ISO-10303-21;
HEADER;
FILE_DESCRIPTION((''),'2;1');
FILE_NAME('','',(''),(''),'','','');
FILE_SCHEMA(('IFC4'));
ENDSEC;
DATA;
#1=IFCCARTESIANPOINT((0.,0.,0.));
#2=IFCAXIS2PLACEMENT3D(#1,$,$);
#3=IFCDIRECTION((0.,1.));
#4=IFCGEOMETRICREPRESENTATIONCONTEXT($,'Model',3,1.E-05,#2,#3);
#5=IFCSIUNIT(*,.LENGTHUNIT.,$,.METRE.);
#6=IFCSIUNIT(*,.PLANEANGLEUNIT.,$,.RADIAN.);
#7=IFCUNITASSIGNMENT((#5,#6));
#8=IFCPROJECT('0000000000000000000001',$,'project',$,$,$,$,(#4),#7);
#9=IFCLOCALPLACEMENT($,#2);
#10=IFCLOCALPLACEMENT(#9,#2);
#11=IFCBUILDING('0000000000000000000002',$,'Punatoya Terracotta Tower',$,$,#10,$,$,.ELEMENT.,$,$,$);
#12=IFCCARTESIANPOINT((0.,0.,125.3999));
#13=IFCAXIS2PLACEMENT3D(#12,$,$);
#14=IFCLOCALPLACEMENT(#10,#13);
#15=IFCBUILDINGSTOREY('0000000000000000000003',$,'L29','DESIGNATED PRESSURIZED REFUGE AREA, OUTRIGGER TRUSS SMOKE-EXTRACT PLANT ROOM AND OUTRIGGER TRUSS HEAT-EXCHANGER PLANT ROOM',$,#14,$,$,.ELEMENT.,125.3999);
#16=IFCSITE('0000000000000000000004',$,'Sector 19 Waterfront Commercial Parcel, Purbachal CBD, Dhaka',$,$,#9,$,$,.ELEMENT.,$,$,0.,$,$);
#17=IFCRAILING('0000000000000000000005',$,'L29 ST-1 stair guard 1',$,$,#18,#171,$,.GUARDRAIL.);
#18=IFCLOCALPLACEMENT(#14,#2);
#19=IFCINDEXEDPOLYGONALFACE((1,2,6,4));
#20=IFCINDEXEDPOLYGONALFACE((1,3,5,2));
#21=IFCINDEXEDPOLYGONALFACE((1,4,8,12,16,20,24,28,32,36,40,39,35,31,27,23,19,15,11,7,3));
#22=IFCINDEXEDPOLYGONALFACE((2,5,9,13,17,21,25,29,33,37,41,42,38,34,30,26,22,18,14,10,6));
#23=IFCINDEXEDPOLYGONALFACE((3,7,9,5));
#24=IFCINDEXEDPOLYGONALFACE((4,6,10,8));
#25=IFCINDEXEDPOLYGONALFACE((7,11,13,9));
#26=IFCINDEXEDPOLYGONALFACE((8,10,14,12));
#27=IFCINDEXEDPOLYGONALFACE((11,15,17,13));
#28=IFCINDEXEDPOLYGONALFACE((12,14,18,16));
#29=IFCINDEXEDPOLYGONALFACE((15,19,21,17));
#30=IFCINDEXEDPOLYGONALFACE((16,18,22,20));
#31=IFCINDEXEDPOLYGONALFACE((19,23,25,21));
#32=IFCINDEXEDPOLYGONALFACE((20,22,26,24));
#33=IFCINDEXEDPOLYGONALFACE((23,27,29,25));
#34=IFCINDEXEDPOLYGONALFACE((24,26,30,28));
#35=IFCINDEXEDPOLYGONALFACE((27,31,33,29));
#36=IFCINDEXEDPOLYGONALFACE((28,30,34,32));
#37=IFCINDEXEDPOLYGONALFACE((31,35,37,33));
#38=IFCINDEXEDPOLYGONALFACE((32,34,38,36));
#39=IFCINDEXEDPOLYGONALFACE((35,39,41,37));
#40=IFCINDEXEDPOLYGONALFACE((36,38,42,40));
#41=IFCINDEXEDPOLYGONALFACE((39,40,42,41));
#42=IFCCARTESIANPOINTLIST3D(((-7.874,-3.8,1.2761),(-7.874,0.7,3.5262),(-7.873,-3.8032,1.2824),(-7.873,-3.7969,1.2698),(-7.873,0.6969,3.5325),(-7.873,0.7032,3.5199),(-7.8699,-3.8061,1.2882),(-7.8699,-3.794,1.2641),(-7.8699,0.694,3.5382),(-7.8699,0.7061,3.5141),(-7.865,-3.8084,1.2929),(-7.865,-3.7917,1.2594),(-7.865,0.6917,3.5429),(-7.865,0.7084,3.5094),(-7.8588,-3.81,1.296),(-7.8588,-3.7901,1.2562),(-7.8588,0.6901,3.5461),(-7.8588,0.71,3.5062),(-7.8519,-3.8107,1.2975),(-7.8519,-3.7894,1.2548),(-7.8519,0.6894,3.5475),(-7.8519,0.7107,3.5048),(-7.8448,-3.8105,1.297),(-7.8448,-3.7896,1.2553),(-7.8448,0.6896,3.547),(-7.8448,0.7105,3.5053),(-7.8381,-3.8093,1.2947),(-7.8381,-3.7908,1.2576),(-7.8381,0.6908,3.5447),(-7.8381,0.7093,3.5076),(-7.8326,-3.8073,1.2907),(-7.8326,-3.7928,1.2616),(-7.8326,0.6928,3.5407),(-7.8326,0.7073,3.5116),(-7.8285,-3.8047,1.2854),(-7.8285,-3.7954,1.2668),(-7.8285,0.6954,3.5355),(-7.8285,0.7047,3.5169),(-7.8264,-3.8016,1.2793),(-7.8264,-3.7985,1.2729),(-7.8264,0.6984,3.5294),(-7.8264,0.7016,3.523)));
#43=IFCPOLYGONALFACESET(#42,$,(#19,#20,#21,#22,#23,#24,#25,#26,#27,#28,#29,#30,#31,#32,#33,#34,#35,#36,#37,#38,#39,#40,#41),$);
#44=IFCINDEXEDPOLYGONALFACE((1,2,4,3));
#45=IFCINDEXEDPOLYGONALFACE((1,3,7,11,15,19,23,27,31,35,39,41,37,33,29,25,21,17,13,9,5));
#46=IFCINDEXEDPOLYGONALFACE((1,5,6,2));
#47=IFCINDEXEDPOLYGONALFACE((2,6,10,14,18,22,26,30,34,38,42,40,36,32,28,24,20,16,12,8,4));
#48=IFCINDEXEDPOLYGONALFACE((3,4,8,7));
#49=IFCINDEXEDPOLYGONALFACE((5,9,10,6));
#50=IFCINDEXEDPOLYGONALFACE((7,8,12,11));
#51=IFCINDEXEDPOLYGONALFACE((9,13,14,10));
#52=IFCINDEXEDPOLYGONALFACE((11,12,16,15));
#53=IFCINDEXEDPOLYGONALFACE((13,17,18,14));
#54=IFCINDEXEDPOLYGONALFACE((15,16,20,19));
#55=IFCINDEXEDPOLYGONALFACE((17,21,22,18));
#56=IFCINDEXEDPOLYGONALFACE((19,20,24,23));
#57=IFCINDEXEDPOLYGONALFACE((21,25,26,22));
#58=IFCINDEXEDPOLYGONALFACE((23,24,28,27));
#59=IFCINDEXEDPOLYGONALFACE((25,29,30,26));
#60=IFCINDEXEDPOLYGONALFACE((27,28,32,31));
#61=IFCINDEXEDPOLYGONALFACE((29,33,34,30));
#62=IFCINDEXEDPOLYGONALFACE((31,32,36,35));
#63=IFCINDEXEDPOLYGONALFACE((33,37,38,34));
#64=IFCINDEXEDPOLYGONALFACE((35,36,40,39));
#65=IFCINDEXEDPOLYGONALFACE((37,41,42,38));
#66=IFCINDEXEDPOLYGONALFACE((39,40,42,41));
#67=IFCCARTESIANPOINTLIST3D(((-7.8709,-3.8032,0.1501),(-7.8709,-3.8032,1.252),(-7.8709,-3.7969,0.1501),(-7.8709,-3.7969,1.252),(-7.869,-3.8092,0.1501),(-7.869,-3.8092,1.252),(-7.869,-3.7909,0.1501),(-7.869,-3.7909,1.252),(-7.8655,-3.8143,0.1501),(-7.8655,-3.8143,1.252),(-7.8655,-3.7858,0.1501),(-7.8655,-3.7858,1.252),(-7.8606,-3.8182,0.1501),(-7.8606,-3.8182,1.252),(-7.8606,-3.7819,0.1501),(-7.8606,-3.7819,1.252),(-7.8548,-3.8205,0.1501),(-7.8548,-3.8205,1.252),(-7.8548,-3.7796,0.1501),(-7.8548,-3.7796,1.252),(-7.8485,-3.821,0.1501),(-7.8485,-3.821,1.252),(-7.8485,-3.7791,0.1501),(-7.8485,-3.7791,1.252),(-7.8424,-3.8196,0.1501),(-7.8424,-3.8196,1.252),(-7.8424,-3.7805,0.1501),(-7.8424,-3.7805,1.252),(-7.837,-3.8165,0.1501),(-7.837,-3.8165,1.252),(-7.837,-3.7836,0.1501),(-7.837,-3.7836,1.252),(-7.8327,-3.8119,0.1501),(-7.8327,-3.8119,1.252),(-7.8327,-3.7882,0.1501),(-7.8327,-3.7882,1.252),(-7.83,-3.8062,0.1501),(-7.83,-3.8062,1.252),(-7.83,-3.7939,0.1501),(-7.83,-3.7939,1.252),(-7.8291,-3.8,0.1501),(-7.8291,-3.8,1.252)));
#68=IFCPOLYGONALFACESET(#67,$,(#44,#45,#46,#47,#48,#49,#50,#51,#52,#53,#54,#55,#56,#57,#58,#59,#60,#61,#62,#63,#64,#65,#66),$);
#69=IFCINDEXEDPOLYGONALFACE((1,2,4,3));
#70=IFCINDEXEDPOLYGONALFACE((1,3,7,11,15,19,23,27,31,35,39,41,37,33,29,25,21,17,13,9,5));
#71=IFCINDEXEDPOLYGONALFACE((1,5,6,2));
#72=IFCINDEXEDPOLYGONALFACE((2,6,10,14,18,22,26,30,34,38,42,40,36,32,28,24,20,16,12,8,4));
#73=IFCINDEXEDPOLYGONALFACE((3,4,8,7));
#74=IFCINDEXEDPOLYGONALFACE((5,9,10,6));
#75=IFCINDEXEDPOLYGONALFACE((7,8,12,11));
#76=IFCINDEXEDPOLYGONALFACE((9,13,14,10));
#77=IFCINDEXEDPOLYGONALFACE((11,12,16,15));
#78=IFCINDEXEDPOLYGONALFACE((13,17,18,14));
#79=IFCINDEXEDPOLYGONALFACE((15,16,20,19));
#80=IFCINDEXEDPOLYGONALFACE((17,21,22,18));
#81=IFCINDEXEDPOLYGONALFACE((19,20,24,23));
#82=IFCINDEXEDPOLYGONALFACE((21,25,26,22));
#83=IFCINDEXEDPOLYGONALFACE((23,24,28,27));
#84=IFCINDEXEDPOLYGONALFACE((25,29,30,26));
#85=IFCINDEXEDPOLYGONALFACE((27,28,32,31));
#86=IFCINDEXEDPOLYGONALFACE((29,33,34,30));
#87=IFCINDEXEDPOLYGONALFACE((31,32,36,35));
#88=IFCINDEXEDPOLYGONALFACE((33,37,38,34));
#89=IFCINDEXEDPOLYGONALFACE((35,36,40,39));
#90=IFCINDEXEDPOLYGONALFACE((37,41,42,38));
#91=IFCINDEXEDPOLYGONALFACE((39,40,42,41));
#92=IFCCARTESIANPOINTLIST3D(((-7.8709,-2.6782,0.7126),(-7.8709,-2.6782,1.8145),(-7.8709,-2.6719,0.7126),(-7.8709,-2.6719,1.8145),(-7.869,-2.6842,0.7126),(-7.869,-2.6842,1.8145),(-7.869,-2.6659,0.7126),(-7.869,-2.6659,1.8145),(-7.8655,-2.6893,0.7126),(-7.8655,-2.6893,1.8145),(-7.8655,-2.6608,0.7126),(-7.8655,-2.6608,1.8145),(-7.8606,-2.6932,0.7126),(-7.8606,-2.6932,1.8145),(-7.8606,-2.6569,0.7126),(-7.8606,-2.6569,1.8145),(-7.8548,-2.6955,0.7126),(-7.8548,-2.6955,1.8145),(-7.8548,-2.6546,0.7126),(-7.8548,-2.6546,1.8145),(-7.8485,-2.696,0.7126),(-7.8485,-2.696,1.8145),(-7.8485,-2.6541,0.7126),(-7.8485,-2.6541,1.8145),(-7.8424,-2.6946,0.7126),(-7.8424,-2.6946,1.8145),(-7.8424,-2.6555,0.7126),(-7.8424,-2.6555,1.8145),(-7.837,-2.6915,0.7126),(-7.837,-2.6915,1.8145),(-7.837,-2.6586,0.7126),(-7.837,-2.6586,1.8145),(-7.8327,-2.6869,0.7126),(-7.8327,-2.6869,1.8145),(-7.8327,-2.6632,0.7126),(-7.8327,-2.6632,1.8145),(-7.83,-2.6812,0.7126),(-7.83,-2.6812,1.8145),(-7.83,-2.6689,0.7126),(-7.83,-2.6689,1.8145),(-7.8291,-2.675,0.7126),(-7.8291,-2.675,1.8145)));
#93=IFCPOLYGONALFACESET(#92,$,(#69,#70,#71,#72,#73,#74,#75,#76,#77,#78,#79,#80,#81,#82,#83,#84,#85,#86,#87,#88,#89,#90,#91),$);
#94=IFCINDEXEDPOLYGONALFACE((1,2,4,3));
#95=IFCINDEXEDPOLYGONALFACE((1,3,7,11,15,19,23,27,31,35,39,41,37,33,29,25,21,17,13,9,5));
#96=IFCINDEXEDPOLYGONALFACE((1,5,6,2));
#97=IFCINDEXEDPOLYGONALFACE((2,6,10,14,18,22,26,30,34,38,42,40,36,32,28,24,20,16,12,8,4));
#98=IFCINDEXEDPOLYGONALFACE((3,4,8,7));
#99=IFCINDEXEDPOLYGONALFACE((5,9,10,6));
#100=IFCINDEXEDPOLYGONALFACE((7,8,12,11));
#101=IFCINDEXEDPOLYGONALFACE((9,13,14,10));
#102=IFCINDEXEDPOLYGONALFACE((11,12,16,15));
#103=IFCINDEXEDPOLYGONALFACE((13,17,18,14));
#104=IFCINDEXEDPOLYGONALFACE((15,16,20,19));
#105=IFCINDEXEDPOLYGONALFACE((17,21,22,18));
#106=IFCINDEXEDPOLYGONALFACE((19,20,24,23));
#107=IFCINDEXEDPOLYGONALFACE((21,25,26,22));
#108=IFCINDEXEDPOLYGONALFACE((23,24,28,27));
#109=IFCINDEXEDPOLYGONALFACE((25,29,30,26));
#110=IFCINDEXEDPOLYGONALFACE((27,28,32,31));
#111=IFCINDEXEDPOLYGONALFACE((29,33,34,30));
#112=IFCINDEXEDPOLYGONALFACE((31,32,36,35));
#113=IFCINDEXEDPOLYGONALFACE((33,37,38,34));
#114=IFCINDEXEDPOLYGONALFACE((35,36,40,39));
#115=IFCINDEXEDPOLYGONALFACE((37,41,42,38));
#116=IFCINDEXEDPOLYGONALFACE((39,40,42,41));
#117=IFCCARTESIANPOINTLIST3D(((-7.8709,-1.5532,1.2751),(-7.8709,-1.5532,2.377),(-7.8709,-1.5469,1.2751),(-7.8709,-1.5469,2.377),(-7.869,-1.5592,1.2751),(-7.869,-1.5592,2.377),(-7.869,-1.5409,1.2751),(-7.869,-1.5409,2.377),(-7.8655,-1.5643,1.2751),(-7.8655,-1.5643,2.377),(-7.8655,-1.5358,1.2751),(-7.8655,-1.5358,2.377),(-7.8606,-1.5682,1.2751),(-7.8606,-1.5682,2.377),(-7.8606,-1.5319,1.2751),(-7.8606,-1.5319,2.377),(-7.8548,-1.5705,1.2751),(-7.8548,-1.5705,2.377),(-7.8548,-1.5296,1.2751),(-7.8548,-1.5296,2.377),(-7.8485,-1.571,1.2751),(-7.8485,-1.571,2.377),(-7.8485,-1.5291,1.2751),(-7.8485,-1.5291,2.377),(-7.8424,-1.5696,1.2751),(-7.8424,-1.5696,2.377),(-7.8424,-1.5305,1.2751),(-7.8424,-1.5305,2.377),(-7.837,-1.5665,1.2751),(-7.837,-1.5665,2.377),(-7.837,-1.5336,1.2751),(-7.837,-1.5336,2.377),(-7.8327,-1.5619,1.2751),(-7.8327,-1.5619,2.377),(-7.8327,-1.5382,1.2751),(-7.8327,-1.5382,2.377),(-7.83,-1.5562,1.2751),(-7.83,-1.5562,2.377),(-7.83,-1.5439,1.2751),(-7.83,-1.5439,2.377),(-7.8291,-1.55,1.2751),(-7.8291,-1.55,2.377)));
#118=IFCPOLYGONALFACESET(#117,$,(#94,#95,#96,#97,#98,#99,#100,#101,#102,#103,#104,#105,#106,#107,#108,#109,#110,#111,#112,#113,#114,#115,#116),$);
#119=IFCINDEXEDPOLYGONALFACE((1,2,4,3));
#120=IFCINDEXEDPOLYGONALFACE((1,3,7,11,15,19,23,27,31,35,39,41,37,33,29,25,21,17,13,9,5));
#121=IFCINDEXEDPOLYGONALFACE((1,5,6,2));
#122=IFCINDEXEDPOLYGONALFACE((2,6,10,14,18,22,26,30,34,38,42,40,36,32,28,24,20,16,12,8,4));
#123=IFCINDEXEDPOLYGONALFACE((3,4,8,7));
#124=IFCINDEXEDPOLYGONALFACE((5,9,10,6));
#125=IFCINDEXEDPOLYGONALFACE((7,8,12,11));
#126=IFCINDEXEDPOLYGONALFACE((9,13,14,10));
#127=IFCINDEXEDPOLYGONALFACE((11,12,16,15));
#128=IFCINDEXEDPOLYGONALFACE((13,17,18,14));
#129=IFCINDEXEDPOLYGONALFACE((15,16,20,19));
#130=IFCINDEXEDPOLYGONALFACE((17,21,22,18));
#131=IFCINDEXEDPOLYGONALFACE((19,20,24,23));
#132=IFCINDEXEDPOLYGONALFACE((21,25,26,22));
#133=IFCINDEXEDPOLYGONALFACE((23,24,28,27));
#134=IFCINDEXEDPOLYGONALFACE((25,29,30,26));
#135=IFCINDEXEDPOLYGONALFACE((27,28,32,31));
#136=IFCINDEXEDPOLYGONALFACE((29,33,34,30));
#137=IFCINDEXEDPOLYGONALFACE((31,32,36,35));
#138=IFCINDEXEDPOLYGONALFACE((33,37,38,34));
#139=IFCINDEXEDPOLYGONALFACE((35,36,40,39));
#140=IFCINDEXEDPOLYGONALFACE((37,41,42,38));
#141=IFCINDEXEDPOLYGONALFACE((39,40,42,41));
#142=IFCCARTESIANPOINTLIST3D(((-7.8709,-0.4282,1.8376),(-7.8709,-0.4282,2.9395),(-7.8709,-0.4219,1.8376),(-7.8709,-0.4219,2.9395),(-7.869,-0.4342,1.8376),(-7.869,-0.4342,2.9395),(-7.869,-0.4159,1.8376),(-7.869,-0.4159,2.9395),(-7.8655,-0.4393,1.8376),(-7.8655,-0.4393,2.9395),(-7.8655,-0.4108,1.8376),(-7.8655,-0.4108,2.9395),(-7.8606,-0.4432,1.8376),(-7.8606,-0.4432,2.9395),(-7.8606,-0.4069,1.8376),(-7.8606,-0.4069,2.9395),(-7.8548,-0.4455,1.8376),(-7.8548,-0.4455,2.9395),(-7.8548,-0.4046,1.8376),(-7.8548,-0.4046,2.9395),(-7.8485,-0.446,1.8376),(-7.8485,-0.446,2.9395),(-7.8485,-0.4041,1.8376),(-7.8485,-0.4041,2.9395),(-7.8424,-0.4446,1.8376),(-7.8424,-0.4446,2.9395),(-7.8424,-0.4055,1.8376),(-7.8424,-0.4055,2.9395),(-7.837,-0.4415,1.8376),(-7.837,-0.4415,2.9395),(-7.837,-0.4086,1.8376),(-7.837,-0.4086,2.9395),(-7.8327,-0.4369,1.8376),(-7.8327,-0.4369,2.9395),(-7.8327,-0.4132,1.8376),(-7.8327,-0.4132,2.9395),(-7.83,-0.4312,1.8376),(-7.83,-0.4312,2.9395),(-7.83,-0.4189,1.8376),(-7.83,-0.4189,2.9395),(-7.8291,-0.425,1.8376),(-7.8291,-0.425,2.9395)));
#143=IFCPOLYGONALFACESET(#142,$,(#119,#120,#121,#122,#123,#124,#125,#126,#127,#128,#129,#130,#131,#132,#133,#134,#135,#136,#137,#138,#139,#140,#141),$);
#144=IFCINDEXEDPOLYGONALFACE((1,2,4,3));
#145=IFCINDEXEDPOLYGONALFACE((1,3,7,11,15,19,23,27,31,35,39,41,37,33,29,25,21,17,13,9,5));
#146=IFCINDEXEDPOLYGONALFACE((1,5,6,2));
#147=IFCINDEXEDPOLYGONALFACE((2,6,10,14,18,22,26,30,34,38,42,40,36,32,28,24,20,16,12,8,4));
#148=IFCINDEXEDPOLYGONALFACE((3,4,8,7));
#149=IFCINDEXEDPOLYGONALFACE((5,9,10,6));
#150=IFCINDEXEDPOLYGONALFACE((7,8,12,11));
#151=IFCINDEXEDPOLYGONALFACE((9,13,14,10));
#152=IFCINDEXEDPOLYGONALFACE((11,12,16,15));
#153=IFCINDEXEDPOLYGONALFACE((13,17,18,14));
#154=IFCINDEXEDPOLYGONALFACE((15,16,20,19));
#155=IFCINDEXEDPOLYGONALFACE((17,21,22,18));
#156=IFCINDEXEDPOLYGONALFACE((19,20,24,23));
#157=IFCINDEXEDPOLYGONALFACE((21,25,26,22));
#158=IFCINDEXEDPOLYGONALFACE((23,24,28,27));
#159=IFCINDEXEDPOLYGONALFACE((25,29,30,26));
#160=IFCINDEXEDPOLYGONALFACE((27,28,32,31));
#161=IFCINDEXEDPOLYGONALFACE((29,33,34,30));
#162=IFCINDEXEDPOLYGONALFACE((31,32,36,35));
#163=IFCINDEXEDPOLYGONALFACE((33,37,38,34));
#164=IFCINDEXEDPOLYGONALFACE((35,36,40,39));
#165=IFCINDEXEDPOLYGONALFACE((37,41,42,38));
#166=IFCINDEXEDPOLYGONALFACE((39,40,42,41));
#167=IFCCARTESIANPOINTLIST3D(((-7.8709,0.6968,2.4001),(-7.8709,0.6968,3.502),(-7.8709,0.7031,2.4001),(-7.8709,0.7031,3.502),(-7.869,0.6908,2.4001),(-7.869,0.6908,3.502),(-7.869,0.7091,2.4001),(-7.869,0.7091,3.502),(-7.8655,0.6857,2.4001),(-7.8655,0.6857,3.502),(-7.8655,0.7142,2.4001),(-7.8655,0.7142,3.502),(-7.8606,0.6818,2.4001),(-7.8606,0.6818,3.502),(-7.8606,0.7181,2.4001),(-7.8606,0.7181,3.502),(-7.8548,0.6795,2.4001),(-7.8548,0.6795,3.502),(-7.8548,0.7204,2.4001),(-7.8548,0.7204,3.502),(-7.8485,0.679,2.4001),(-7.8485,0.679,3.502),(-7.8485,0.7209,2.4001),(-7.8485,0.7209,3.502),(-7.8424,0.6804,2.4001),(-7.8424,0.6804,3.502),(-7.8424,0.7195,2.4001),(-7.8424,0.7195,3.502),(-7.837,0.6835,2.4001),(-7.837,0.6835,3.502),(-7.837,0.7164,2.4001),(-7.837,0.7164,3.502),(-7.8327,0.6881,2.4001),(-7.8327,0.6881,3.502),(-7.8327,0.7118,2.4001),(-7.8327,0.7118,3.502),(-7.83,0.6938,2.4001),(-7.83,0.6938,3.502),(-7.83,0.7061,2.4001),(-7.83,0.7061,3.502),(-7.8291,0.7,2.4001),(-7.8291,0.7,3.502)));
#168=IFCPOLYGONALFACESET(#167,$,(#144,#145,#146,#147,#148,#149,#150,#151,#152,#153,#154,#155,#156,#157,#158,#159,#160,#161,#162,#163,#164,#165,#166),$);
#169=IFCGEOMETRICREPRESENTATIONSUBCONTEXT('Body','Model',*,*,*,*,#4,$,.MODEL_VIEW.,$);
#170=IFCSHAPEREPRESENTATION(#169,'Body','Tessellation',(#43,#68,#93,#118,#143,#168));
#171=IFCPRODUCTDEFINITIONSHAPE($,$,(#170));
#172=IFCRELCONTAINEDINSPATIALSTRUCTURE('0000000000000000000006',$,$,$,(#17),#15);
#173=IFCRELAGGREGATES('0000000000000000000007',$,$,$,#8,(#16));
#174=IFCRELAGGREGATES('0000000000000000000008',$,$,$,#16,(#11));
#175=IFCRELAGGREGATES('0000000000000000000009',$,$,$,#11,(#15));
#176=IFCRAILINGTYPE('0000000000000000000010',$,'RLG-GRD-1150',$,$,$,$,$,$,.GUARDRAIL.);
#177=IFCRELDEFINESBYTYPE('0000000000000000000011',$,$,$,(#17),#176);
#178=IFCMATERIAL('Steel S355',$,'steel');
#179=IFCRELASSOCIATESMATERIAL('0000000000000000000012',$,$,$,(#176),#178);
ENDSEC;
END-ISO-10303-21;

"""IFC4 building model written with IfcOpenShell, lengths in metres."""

from ifc_helpers import new_model, si_unit, direction, frame, origin, origin_2d, place, context, subcontext, project, spatial, circle, extrude, material, type_object, element, save


model = new_model("IFC4")

# Units and contexts
model_context = context("Model", 3, precision=1e-05, world=origin(), true_north=direction((0.0, 1.0)))
body_context = subcontext(model_context, "Body", "Model", "MODEL_VIEW")
ifc_project = project(units=[si_unit("LENGTHUNIT", "METRE"), si_unit("PLANEANGLEUNIT", "RADIAN")], contexts=[model_context])

# Site, building, storey
site_placement = place(None, origin())
site = spatial("IfcSite", under=ifc_project, at=site_placement, Name="Sector 19 Waterfront Commercial Parcel, Purbachal CBD, Dhaka", CompositionType="ELEMENT", RefElevation=0.0)
building_placement = place(site_placement, origin())
building = spatial("IfcBuilding", under=site, at=building_placement, Name="Punatoya Terracotta Tower", CompositionType="ELEMENT")
storey_placement = place(building_placement, frame((0.0, 0.0, 125.3999)))
storey = spatial("IfcBuildingStorey", under=building, at=storey_placement, Name="L29", Description="DESIGNATED PRESSURIZED REFUGE AREA, OUTRIGGER TRUSS SMOKE-EXTRACT PLANT ROOM AND OUTRIGGER TRUSS HEAT-EXCHANGER PLANT ROOM", CompositionType="ELEMENT", Elevation=125.3999)

# Railing
ifc_material_1 = material(Name="Steel S355", Category="steel")
railing_type_1 = type_object("IfcRailingType", Name="RLG-GRD-1150", PredefinedType="GUARDRAIL", material=ifc_material_1)
railing_1_placement = place(storey_placement, frame((-7.8501, -3.8, 0.1501)))
element("IfcRailing", 1, at=railing_1_placement, inside=storey, type_object=railing_type_1, Name="L29 ST-1 stair guard 1", PredefinedType="GUARDRAIL", context=body_context, shape_type="SweptSolid", body=[
    extrude(circle(Radius=0.0239, at=origin_2d()), frame((0.0, 0.0, 1.126), z_axis=(0.0, 0.894427, 0.447214), x_axis=(-1.0, 0.0, 0.0)), (0.0, 0.0, 1.0), 5.0312),
    extrude(circle(Radius=0.021, at=origin_2d()), origin(), (0.0, 0.0, 1.0), 1.1018),
    extrude(circle(Radius=0.021, at=origin_2d()), frame((0.0, 1.125, 0.5625)), (0.0, 0.0, 1.0), 1.1018),
    extrude(circle(Radius=0.021, at=origin_2d()), frame((0.0, 2.25, 1.125)), (0.0, 0.0, 1.0), 1.1018),
    extrude(circle(Radius=0.021, at=origin_2d()), frame((0.0, 3.375, 1.6875)), (0.0, 0.0, 1.0), 1.1018),
    extrude(circle(Radius=0.021, at=origin_2d()), frame((0.0, 4.5, 2.25)), (0.0, 0.0, 1.0), 1.1018),
])

save(model, "model.ifc")
